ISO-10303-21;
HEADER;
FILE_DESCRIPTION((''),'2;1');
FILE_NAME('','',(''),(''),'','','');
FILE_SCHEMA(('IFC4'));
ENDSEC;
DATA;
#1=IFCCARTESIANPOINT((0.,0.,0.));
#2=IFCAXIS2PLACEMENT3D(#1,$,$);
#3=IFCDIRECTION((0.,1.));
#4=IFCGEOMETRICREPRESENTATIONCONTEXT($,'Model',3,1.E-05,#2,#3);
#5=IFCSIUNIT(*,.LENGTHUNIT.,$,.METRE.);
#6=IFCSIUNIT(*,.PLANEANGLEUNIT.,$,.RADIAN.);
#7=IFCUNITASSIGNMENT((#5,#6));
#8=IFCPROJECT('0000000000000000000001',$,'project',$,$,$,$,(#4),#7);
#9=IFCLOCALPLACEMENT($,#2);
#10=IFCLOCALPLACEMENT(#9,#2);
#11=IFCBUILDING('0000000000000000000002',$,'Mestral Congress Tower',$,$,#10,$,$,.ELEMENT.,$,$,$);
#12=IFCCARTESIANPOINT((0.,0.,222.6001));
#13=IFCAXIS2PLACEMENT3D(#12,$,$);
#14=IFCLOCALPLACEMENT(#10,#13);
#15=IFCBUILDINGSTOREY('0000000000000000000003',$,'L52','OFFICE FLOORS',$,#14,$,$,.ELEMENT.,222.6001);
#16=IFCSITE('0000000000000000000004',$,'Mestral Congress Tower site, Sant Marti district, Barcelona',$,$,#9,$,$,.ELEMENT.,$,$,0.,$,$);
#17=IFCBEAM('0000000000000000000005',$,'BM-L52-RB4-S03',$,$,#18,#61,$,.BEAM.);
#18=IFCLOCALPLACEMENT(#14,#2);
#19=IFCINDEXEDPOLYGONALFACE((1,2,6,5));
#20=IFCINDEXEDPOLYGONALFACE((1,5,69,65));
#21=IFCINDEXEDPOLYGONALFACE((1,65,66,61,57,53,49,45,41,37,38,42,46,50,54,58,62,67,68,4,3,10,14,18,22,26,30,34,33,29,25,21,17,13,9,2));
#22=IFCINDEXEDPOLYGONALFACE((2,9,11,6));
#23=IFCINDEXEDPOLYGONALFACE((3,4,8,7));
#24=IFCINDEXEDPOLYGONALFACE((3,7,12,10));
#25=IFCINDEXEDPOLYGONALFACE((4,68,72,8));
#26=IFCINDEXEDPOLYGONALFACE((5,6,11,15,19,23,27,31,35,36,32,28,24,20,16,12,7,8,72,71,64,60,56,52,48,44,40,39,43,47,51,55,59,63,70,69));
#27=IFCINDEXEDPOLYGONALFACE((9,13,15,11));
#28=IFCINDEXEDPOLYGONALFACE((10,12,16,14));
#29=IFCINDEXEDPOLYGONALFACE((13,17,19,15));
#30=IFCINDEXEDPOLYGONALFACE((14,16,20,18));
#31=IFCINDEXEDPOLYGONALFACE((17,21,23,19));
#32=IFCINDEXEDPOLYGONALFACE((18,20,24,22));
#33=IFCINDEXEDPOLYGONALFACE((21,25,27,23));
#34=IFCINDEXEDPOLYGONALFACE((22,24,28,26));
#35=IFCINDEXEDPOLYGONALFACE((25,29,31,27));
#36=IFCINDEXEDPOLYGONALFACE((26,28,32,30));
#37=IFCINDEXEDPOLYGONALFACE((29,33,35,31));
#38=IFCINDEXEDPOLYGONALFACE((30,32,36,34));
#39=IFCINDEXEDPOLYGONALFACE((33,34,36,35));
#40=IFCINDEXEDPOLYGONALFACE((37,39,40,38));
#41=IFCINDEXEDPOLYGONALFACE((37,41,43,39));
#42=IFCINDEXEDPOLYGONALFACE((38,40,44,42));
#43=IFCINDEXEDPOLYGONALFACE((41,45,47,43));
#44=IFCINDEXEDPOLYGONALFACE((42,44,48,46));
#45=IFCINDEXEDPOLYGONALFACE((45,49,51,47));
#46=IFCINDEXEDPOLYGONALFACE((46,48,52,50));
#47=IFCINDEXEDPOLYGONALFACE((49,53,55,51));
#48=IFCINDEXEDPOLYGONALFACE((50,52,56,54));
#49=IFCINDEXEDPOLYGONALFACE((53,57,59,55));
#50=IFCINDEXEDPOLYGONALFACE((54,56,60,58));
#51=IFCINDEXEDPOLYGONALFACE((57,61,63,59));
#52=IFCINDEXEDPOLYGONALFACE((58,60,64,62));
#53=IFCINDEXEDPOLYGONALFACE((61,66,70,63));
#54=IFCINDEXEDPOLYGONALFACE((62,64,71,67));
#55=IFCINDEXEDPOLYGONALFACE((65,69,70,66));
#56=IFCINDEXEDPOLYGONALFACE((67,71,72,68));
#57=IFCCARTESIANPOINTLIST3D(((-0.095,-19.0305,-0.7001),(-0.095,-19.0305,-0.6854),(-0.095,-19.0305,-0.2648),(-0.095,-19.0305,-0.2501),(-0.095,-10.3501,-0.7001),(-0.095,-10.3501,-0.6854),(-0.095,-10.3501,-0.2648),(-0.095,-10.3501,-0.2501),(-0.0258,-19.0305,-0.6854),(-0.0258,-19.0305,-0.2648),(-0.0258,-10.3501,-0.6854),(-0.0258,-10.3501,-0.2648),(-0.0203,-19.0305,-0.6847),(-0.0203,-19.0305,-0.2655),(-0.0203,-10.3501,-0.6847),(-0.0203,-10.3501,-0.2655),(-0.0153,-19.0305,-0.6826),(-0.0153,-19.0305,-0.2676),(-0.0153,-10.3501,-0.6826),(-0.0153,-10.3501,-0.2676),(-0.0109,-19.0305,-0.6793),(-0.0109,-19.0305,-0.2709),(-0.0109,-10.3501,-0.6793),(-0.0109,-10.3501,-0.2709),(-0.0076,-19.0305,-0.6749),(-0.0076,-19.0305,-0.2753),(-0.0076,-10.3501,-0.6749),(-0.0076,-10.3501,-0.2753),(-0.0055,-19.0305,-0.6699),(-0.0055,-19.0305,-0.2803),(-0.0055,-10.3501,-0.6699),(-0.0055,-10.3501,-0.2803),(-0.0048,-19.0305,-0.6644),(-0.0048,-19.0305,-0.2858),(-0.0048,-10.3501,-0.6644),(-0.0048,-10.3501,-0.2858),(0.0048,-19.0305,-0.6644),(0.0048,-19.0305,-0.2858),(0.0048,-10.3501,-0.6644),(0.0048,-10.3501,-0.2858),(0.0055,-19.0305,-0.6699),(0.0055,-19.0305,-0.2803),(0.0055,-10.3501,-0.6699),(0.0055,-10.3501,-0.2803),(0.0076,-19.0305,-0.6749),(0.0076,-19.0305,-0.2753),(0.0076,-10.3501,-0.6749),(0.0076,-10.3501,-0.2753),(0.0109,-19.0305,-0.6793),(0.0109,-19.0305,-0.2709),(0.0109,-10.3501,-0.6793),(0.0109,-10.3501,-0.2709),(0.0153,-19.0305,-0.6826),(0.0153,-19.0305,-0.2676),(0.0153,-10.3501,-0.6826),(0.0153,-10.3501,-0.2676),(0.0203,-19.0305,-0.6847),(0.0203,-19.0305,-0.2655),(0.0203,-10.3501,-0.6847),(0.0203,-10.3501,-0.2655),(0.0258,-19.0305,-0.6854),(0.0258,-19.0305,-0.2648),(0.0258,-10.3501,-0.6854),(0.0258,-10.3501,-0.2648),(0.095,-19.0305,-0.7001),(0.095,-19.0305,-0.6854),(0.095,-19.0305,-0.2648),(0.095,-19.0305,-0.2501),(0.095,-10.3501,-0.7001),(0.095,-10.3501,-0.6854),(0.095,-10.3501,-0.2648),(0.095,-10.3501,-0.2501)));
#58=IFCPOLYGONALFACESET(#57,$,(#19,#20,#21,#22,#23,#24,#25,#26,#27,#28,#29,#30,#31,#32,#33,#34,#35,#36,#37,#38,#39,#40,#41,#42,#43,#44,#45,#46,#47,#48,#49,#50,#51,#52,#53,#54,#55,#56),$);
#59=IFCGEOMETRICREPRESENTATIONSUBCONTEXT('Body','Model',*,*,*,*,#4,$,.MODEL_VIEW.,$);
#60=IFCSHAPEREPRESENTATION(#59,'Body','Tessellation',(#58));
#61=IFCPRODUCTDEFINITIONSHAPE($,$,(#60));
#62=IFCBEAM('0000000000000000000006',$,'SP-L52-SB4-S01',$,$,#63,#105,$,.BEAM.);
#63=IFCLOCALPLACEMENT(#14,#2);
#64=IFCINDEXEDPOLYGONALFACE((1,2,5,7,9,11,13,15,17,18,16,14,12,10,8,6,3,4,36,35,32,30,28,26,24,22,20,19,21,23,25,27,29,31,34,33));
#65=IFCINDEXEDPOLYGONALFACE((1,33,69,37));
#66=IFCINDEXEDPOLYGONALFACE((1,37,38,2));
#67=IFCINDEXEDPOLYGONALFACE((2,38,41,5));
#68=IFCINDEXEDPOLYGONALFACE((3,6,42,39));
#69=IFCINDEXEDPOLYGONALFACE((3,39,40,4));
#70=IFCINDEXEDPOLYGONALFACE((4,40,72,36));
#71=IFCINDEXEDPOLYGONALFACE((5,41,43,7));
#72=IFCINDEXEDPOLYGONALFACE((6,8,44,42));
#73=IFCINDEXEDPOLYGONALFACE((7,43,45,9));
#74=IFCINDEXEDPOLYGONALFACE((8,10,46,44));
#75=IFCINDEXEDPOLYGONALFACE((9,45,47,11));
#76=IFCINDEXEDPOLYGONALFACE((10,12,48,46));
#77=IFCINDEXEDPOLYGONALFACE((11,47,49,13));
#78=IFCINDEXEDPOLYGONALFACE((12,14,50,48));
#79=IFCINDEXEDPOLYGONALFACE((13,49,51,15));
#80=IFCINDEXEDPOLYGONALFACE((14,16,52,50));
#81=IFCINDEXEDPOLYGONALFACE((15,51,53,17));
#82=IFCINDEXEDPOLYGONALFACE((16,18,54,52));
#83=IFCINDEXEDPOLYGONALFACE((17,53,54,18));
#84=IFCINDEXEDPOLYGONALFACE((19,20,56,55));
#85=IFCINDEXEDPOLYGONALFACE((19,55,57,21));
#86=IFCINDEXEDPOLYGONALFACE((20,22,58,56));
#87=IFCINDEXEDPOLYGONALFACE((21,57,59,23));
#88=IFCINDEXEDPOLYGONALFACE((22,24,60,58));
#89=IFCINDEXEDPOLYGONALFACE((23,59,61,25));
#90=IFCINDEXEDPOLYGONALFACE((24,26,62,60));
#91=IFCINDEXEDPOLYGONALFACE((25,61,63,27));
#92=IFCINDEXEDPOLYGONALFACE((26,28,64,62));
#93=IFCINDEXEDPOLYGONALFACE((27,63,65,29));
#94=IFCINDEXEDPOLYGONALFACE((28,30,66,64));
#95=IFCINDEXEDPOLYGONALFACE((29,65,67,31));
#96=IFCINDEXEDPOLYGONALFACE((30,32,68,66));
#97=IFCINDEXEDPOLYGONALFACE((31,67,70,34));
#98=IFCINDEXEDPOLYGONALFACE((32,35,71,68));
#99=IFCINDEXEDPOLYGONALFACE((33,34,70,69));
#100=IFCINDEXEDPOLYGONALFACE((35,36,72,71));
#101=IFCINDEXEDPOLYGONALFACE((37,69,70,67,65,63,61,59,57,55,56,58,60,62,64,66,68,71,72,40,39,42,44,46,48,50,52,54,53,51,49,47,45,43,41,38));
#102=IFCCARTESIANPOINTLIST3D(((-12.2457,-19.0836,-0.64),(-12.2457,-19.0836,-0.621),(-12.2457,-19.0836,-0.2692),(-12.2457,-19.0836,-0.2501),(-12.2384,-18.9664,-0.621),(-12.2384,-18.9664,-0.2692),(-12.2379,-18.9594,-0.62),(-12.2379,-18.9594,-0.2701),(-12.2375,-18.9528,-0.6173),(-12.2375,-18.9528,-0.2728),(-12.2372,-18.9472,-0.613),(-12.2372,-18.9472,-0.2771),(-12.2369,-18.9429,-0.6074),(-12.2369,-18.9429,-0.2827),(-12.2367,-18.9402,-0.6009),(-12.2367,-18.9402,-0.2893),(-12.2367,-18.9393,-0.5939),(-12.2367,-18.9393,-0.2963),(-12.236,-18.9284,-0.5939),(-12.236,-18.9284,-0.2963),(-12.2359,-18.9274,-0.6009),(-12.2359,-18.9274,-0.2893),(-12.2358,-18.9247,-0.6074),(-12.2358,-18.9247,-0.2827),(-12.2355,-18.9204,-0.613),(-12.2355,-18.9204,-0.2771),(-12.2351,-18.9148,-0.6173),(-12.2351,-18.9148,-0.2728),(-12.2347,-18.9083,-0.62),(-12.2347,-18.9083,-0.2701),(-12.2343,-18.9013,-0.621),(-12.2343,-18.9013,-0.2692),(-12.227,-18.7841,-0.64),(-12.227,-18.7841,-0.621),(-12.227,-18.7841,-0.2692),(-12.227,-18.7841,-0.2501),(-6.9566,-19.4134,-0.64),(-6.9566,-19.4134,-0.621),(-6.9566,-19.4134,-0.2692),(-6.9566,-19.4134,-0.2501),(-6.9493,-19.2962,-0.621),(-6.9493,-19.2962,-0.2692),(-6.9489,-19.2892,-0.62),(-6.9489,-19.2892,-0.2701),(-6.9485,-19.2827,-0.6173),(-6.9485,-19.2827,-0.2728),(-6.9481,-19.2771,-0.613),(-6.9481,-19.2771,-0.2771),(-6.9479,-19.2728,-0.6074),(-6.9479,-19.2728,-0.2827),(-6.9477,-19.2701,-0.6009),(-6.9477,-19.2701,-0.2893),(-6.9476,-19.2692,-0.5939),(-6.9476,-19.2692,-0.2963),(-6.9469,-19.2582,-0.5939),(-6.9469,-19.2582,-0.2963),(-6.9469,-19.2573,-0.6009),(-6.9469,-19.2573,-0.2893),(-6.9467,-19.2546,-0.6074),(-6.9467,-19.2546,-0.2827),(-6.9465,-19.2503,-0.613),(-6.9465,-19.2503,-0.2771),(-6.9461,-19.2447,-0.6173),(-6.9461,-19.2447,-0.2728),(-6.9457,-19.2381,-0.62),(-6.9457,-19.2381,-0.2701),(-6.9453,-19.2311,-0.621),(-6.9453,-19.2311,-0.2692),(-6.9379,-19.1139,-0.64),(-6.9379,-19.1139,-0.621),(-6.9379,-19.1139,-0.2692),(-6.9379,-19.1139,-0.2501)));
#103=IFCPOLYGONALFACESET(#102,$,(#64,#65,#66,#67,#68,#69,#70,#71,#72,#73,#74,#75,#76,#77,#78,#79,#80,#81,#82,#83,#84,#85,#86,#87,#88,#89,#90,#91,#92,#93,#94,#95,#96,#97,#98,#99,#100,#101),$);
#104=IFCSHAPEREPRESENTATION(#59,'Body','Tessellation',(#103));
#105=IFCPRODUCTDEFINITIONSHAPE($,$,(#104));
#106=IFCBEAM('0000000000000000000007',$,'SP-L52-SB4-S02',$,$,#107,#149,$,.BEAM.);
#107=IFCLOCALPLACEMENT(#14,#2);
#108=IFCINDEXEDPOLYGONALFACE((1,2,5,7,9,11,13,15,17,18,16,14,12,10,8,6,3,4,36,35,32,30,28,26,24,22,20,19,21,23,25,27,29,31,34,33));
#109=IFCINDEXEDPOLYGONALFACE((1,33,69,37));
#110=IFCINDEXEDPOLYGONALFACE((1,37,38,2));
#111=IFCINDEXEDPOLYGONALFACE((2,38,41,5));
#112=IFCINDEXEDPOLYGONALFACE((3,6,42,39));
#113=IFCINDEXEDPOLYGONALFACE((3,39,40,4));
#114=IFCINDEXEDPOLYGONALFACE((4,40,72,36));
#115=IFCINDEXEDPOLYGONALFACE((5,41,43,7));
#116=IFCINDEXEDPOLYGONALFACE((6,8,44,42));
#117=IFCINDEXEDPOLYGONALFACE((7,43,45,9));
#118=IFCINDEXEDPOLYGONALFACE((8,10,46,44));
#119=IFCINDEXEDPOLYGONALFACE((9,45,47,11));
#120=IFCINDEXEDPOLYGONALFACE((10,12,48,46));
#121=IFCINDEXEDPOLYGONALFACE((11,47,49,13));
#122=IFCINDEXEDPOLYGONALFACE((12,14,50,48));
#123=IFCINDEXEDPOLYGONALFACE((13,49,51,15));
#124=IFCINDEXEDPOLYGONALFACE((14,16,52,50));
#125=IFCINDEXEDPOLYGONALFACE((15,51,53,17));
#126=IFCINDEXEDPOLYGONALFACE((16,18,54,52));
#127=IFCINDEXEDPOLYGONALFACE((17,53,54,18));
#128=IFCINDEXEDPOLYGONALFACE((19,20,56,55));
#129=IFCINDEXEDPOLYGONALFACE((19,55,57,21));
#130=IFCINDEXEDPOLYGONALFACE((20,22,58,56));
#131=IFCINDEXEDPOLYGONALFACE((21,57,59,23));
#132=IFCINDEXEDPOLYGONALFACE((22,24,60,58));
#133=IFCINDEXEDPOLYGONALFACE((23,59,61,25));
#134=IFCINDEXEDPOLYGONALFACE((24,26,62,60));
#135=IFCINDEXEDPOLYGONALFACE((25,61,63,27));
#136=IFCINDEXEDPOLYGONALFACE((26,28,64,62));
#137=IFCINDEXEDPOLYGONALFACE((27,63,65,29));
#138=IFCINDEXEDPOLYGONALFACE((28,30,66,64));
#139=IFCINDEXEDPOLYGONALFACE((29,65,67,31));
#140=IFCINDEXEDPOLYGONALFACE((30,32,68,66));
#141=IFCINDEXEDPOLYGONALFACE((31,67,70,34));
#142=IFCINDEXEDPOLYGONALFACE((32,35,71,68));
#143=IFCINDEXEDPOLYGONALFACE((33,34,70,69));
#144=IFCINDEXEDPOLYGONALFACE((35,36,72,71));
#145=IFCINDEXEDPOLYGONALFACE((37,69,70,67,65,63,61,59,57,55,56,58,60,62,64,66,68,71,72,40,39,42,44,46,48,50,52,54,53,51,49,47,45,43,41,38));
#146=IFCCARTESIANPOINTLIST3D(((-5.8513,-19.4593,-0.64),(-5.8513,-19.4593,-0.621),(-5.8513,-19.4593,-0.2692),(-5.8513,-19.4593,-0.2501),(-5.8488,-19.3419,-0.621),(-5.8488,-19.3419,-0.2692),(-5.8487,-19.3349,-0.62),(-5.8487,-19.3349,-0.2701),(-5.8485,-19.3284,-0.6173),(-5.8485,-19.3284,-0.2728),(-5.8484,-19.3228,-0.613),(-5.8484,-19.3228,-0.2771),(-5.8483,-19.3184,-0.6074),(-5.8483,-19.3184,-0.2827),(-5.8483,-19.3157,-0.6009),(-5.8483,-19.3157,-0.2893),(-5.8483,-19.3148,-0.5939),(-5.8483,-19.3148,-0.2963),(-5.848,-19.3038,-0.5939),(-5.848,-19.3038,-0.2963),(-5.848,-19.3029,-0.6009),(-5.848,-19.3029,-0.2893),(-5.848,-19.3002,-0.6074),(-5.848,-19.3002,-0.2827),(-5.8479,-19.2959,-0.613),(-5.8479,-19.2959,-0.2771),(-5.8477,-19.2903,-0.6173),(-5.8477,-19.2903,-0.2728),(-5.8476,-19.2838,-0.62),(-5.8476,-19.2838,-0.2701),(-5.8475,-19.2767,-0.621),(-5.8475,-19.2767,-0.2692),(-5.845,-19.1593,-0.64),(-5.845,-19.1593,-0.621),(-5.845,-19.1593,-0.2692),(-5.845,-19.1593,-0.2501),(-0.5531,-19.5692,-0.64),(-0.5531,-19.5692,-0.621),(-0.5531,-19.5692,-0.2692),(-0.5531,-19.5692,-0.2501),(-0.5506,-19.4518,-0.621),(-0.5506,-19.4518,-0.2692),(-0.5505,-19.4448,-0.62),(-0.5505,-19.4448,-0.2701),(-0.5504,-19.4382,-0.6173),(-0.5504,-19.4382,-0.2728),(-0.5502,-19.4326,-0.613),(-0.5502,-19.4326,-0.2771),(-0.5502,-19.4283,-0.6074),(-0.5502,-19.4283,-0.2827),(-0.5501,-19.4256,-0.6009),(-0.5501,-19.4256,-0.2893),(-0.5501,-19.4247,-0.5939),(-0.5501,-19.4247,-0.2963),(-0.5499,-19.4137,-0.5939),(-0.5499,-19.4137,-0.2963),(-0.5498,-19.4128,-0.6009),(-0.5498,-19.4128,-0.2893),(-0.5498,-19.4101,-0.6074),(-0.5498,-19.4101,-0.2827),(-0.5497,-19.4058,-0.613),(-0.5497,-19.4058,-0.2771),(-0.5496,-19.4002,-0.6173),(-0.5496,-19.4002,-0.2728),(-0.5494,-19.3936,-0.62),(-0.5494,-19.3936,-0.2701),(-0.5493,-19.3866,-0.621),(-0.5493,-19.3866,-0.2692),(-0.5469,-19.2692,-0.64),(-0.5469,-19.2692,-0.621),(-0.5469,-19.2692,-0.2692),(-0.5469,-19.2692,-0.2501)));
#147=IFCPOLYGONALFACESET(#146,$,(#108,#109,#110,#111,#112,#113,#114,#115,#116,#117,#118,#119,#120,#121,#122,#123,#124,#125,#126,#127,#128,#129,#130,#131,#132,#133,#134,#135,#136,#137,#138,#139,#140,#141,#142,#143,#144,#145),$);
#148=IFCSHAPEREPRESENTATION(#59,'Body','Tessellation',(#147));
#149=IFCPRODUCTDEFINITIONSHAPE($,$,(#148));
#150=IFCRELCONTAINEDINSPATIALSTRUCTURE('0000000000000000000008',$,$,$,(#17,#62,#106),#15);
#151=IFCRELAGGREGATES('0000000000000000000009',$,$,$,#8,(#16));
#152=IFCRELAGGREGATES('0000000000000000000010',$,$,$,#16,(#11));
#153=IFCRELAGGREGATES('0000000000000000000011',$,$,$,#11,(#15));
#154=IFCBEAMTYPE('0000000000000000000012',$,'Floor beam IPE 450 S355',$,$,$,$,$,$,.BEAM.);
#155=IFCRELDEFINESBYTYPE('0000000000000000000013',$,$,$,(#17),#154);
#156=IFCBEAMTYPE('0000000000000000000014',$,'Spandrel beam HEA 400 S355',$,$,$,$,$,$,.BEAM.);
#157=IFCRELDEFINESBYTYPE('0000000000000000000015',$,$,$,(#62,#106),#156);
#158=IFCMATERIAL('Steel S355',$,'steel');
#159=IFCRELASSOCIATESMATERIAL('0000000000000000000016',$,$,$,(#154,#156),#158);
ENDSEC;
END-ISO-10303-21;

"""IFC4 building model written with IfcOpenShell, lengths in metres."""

from ifc_helpers import new_model, si_unit, direction, frame, origin, origin_2d, place, context, subcontext, project, spatial, i_section, extrude, material, material_profile, profile_set, type_object, element, save


model = new_model("IFC4")

# Units and contexts
model_context = context("Model", 3, precision=1e-05, world=origin(), true_north=direction((0.0, 1.0)))
body_context = subcontext(model_context, "Body", "Model", "MODEL_VIEW")
ifc_project = project(units=[si_unit("LENGTHUNIT", "METRE"), si_unit("PLANEANGLEUNIT", "RADIAN")], contexts=[model_context])

# Site, building, storey
site_placement = place(None, origin())
site = spatial("IfcSite", under=ifc_project, at=site_placement, Name="Mestral Congress Tower site, Sant Marti district, Barcelona", CompositionType="ELEMENT", RefElevation=0.0)
building_placement = place(site_placement, origin())
building = spatial("IfcBuilding", under=site, at=building_placement, Name="Mestral Congress Tower", CompositionType="ELEMENT")
storey_placement = place(building_placement, frame((0.0, 0.0, 222.6001)))
storey = spatial("IfcBuildingStorey", under=building, at=storey_placement, Name="L52", Description="OFFICE FLOORS", CompositionType="ELEMENT", Elevation=222.6001)

# Beams
ifc_material_1 = material(Name="Steel S355", Category="steel")
ifc_material_profile_1 = material_profile(ifc_material_1, i_section(OverallWidth=0.1899, OverallDepth=0.45, WebThickness=0.0095, FlangeThickness=0.0146, FilletRadius=0.021, at=origin_2d()), Name="IPE 450")
ifc_profile_set_1 = profile_set([ifc_material_profile_1], Name="Steel S355")
beam_type_1 = type_object("IfcBeamType", Name="Floor beam IPE 450 S355", PredefinedType="BEAM", material=ifc_profile_set_1)
beam_1_placement = place(storey_placement, frame((0.0, -19.0305, -0.4751), z_axis=(0.0, 1.0, 0.0), x_axis=(-1.0, 0.0, 0.0)))
element("IfcBeam", 1, at=beam_1_placement, inside=storey, type_object=beam_type_1, Name="BM-L52-RB4-S03", PredefinedType="BEAM", context=body_context, shape_type="SweptSolid", body=[
    extrude(i_section(OverallWidth=0.1899, OverallDepth=0.45, WebThickness=0.0095, FlangeThickness=0.0146, FilletRadius=0.021, at=origin_2d()), origin(), (0.0, 0.0, 1.0), 8.6804),
])
ifc_material_profile_2 = material_profile(ifc_material_1, i_section(OverallWidth=0.3, OverallDepth=0.3899, WebThickness=0.011, FlangeThickness=0.019, FilletRadius=0.0271, at=origin_2d()), Name="HEA 400")
ifc_profile_set_2 = profile_set([ifc_material_profile_2], Name="Steel S355")
beam_type_2 = type_object("IfcBeamType", Name="Spandrel beam HEA 400 S355", PredefinedType="BEAM", material=ifc_profile_set_2)
for number, where, z_axis, x_axis, name in (
    (2, (-12.2363, -18.9338, -0.4451), (0.998061, -0.062241, 0.0), (0.062241, 0.998061, 0.0), "SP-L52-SB4-S01"),
    (3, (-5.8481, -19.3093, -0.4451), (0.999785, -0.020732, 0.0), (0.020732, 0.999785, 0.0), "SP-L52-SB4-S02"),
):
    element("IfcBeam", number, at=place(storey_placement, frame(where, z_axis=z_axis, x_axis=x_axis)), inside=storey, type_object=beam_type_2, Name=name, PredefinedType="BEAM", context=body_context, shape_type="SweptSolid", body=[
        extrude(i_section(OverallWidth=0.3, OverallDepth=0.3899, WebThickness=0.011, FlangeThickness=0.019, FilletRadius=0.0271, at=origin_2d()), origin(), (0.0, 0.0, 1.0), 5.2993),
    ])

save(model, "model.ifc")
